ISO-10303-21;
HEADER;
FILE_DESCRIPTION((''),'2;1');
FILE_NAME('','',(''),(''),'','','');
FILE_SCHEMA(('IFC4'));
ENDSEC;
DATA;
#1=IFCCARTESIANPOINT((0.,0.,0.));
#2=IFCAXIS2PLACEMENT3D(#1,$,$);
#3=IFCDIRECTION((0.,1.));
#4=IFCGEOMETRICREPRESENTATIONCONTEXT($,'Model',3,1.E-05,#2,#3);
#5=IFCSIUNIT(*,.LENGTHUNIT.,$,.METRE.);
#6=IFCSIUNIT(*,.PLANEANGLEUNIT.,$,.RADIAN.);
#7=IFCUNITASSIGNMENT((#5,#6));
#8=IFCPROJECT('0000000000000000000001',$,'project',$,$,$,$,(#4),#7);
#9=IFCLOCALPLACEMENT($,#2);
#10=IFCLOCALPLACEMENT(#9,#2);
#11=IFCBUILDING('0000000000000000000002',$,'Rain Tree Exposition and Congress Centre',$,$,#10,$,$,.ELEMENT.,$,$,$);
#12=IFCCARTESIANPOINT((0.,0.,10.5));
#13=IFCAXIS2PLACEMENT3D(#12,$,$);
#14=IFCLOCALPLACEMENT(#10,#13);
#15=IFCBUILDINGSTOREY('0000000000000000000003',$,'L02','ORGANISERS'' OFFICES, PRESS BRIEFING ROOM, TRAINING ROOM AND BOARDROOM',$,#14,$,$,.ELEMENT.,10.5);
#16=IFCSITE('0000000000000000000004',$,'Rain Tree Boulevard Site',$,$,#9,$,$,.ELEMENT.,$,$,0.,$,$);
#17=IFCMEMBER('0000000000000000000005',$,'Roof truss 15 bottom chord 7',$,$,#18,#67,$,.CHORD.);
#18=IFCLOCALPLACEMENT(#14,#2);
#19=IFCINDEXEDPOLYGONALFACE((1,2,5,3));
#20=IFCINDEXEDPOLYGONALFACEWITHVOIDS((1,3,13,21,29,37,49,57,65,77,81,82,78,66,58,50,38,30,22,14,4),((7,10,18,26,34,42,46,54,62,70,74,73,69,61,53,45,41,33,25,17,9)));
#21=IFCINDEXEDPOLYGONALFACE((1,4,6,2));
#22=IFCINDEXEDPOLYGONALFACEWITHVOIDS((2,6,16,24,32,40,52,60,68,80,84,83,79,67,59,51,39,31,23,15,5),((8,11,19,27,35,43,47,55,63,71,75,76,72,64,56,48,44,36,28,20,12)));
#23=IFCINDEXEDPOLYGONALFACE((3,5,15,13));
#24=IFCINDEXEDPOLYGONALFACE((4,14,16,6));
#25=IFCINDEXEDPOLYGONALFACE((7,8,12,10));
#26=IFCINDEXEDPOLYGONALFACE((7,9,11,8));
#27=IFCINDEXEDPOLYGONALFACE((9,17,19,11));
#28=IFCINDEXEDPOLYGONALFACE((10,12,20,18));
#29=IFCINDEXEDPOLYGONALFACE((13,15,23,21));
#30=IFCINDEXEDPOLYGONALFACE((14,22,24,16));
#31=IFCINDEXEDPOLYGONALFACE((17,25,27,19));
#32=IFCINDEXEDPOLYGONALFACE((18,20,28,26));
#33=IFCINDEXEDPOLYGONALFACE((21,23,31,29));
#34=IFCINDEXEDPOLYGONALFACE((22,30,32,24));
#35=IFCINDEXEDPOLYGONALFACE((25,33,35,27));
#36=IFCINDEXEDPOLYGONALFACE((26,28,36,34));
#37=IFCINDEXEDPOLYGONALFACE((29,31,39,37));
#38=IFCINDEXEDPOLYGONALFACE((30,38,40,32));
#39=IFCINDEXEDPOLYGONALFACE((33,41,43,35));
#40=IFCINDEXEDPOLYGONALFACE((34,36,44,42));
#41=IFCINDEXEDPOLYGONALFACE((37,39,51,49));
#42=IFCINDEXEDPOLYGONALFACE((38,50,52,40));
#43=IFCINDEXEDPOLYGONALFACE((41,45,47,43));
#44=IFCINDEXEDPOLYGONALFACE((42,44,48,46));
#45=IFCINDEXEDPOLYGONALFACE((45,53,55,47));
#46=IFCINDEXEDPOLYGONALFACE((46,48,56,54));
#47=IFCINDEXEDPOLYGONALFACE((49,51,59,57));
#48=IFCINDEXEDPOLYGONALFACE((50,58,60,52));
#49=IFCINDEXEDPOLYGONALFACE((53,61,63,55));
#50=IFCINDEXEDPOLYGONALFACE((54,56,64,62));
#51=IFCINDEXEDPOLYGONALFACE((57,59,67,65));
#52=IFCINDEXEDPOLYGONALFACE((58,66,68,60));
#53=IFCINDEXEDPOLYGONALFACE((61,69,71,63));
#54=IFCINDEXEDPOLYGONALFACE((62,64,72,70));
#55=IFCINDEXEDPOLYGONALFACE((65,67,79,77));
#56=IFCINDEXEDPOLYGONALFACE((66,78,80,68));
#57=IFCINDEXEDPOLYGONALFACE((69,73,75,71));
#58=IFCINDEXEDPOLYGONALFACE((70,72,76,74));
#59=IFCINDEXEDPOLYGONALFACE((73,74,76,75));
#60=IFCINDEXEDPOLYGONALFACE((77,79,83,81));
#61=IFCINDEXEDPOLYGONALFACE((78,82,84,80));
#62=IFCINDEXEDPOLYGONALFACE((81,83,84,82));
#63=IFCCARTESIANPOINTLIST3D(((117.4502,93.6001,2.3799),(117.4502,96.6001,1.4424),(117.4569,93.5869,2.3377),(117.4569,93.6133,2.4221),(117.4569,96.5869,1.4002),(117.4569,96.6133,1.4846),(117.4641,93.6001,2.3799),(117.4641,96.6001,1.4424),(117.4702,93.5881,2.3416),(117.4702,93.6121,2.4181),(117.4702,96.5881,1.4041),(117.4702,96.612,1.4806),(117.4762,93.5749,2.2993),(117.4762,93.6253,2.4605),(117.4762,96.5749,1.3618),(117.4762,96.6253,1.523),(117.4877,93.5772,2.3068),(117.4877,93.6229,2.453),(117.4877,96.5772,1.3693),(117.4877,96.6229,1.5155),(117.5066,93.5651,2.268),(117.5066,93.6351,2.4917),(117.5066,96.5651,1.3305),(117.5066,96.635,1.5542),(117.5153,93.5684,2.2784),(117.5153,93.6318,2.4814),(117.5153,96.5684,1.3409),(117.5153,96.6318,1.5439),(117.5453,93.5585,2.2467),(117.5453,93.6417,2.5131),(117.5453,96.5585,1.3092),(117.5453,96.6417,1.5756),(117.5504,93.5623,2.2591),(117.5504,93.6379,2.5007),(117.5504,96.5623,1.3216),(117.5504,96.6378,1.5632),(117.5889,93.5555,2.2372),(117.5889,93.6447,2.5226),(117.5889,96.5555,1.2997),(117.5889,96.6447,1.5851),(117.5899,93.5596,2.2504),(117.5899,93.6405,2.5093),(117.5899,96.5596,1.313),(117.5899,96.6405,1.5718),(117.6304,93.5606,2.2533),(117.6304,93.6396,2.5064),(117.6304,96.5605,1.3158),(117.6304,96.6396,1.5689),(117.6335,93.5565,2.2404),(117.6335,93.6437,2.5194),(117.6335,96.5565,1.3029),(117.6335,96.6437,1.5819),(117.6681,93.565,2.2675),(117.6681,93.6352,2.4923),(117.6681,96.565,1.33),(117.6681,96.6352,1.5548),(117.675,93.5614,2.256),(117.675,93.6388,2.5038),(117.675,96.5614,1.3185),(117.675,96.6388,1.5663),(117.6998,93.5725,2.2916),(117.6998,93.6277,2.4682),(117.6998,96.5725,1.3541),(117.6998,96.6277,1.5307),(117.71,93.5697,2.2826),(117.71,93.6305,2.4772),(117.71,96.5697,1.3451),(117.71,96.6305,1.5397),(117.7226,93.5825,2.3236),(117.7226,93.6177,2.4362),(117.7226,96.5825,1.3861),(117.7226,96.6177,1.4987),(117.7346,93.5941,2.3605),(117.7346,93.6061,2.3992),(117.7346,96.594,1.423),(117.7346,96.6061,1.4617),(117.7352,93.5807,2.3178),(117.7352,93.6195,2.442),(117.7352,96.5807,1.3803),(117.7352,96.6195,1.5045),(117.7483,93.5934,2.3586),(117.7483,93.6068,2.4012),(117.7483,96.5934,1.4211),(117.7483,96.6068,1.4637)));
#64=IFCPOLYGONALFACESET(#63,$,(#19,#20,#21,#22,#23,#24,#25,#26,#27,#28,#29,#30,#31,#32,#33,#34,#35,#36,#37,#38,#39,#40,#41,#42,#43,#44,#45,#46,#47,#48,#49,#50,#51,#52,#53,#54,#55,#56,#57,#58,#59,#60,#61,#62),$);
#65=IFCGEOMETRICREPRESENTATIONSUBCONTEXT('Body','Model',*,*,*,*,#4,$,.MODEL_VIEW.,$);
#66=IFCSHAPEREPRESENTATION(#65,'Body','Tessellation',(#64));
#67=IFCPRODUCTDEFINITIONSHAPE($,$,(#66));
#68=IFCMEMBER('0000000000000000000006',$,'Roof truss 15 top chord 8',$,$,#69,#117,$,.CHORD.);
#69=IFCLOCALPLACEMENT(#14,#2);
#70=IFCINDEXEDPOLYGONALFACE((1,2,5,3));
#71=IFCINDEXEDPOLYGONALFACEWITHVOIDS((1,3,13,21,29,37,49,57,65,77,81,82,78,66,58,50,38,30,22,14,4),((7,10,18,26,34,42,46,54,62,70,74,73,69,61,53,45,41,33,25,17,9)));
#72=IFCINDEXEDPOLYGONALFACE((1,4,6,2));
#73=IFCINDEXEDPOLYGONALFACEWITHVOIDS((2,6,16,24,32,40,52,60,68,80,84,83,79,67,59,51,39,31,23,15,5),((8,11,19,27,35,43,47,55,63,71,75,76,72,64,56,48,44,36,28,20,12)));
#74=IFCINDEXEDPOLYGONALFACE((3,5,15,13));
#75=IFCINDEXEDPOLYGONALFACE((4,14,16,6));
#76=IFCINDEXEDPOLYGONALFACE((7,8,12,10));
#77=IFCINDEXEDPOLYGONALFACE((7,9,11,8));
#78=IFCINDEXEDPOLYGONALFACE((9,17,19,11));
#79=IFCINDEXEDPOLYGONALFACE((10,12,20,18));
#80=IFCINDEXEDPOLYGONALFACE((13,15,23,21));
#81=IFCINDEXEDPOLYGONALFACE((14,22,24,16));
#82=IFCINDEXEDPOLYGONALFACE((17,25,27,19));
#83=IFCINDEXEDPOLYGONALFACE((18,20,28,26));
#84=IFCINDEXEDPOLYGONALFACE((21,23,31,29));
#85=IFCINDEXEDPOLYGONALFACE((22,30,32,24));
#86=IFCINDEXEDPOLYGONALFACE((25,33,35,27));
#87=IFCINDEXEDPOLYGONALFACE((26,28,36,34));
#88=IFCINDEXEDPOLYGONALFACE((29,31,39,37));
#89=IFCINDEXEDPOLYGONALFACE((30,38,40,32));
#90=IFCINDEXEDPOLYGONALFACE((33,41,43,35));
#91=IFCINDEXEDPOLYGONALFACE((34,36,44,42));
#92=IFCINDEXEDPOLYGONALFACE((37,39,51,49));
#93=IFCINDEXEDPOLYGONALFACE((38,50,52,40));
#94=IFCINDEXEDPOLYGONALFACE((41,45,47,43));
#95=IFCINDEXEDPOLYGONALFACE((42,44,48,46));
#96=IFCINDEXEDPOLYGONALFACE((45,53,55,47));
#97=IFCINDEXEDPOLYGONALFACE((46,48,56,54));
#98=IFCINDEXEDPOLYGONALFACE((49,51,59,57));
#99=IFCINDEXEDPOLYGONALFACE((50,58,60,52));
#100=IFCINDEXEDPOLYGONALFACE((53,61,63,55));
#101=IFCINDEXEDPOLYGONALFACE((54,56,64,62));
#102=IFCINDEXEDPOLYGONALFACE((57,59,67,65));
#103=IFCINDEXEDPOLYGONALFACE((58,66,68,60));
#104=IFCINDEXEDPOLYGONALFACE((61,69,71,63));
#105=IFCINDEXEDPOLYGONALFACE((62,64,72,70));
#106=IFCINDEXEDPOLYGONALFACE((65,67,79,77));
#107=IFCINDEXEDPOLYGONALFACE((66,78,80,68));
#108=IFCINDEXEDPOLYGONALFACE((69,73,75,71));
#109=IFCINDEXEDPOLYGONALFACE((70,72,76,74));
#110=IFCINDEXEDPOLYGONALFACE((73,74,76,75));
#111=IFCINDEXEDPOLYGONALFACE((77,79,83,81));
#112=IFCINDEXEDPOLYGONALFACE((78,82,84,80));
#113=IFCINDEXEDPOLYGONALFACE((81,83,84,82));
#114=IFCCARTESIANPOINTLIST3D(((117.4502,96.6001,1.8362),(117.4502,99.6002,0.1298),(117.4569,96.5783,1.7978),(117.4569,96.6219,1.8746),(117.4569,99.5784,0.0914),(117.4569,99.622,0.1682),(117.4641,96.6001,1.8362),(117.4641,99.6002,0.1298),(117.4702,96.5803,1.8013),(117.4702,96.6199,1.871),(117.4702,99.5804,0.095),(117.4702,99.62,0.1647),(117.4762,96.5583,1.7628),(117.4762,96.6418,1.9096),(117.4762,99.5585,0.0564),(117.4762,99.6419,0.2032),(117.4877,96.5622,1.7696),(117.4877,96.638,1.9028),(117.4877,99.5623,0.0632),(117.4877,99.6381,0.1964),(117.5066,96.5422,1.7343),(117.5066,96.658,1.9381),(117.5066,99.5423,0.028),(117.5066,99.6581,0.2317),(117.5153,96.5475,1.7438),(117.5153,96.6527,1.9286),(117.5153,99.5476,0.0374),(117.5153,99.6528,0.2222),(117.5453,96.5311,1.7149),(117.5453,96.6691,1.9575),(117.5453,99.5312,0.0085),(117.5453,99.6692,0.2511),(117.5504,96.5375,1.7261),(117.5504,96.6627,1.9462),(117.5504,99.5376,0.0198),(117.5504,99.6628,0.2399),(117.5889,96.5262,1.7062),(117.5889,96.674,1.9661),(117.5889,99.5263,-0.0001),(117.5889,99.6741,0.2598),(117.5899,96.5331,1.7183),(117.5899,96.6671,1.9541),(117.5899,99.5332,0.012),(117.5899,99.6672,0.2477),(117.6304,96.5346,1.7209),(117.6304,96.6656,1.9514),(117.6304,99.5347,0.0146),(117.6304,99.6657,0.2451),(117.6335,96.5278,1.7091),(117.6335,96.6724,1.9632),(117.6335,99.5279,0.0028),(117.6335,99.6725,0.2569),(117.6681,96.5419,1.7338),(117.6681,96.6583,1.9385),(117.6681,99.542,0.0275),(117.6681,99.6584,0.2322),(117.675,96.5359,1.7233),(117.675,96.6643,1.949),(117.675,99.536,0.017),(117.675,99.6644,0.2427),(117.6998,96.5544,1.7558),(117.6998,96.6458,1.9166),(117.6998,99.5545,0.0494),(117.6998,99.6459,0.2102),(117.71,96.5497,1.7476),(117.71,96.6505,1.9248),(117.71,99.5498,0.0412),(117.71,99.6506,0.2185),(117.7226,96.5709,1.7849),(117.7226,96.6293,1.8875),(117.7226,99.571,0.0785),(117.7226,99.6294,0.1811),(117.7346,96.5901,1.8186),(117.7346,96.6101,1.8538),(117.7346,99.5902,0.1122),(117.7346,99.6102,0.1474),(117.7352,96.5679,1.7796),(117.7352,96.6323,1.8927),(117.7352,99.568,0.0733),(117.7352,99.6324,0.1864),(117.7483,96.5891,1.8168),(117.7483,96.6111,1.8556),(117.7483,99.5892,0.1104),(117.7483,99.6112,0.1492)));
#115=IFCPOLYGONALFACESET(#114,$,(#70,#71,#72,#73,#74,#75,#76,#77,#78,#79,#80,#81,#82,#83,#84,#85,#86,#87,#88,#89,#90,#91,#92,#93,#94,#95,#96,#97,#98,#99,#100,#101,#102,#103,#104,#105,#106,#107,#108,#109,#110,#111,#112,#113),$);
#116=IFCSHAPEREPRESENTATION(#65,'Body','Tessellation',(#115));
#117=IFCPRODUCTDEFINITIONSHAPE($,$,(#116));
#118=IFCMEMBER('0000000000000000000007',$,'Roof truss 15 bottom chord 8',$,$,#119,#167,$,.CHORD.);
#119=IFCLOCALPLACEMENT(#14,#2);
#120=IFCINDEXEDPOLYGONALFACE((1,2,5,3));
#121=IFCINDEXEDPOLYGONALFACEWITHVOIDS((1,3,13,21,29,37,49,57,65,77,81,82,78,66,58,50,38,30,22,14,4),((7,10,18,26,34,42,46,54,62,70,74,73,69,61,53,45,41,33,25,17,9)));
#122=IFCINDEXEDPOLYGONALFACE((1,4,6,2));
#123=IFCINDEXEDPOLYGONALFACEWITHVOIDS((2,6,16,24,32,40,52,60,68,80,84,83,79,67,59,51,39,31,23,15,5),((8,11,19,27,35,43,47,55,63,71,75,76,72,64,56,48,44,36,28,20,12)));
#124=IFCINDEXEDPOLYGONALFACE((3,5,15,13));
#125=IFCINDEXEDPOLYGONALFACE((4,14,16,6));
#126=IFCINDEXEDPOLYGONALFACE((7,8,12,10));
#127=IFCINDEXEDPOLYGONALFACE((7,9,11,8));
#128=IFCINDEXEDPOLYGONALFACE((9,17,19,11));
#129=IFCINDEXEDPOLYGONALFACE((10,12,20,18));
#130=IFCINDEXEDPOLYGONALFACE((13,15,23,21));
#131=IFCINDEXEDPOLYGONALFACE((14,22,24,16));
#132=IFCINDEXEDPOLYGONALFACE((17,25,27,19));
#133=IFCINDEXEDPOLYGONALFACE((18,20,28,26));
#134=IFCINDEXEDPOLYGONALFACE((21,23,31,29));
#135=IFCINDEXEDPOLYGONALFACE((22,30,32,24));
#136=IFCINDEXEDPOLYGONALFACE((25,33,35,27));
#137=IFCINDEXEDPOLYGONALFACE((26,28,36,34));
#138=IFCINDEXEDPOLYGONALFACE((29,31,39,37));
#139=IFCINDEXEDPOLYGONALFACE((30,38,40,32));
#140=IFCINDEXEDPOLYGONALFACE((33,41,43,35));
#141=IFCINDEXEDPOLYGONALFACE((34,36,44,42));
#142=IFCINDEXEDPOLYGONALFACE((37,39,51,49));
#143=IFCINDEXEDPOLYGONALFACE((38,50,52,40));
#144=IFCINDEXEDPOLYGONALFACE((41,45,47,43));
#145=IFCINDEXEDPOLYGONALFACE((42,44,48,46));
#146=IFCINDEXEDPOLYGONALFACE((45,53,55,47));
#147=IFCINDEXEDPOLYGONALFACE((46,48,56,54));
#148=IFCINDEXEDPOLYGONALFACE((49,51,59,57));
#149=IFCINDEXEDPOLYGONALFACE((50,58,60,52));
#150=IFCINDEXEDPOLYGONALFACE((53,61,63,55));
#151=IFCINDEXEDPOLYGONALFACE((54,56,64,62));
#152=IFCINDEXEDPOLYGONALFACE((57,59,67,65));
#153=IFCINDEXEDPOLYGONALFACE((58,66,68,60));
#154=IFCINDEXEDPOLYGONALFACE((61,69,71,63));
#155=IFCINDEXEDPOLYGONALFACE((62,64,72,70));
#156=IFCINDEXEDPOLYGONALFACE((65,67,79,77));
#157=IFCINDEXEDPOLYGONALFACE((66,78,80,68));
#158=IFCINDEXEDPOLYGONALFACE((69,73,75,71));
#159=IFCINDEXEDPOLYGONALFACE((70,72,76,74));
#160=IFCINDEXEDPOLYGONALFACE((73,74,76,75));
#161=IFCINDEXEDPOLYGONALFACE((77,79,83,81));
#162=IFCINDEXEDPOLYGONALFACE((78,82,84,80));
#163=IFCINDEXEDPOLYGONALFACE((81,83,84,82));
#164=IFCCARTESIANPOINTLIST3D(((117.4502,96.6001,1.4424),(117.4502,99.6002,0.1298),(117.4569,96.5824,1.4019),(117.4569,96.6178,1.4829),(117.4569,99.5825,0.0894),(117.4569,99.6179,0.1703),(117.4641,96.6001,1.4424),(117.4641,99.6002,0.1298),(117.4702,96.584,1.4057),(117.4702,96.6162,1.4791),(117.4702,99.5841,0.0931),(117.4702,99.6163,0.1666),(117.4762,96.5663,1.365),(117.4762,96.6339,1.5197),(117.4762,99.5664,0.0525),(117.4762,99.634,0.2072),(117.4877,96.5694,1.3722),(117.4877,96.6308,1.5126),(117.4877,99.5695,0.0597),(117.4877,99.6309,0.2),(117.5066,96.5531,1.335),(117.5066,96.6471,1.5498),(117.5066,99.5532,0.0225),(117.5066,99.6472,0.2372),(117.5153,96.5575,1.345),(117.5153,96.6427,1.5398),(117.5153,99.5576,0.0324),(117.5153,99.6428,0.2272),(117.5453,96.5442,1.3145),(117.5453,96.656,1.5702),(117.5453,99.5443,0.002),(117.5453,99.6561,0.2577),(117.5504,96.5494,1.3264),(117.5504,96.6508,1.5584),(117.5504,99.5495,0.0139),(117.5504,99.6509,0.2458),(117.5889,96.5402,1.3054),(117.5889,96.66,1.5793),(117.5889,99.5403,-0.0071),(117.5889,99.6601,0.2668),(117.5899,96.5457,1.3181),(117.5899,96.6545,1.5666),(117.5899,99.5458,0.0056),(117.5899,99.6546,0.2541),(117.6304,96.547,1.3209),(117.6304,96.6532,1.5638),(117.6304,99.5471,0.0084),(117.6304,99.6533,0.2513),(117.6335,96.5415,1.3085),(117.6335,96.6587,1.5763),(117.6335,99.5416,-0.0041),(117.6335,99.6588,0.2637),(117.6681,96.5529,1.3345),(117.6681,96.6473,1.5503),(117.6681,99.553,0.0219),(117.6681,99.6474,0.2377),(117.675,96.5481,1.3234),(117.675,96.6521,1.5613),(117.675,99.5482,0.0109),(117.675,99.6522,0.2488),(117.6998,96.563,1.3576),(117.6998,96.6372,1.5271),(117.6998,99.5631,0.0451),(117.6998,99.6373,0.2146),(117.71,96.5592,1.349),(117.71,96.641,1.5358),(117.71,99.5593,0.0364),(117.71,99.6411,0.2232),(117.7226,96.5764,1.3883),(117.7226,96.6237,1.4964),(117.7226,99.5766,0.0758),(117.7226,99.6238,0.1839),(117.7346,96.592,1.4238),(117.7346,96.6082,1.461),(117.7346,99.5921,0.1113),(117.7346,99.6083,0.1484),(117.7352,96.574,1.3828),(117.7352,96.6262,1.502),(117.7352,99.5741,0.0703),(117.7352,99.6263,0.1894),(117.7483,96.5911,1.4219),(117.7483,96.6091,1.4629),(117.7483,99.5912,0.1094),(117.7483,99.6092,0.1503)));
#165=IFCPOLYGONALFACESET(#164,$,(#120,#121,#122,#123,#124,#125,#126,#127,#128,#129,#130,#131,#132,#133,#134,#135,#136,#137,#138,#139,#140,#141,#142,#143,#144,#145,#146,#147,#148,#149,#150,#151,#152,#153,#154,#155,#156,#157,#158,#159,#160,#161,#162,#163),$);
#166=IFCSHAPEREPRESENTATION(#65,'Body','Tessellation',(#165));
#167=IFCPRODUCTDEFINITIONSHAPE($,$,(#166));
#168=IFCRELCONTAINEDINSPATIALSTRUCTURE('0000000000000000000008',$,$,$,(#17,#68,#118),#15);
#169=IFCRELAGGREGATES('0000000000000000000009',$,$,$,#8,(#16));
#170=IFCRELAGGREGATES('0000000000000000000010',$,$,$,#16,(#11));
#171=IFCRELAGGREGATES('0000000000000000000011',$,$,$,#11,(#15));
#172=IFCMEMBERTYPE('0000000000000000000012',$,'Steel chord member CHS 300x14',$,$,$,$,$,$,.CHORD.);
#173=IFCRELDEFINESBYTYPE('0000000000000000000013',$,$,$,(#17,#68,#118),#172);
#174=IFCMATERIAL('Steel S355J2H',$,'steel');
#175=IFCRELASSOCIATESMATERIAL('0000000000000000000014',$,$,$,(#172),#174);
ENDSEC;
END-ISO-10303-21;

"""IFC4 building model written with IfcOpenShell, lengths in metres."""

from ifc_helpers import new_model, si_unit, direction, frame, origin, origin_2d, place, context, subcontext, project, spatial, hollow_circle, extrude, material, material_profile, profile_set, type_object, element, save


model = new_model("IFC4")

# Units and contexts
model_context = context("Model", 3, precision=1e-05, world=origin(), true_north=direction((0.0, 1.0)))
body_context = subcontext(model_context, "Body", "Model", "MODEL_VIEW")
ifc_project = project(units=[si_unit("LENGTHUNIT", "METRE"), si_unit("PLANEANGLEUNIT", "RADIAN")], contexts=[model_context])

# Site, building, storey
site_placement = place(None, origin())
site = spatial("IfcSite", under=ifc_project, at=site_placement, Name="Rain Tree Boulevard Site", CompositionType="ELEMENT", RefElevation=0.0)
building_placement = place(site_placement, origin())
building = spatial("IfcBuilding", under=site, at=building_placement, Name="Rain Tree Exposition and Congress Centre", CompositionType="ELEMENT")
storey_placement = place(building_placement, frame((0.0, 0.0, 10.5)))
storey = spatial("IfcBuildingStorey", under=building, at=storey_placement, Name="L02", Description="ORGANISERS' OFFICES, PRESS BRIEFING ROOM, TRAINING ROOM AND BOARDROOM", CompositionType="ELEMENT", Elevation=10.5)

# Members
ifc_material_1 = material(Name="Steel S355J2H", Category="steel")
ifc_material_profile_1 = material_profile(ifc_material_1, hollow_circle(Radius=0.1499, WallThickness=0.0139, at=origin_2d()), Name="CHS 300x14")
ifc_profile_set_1 = profile_set([ifc_material_profile_1], Name="Steel S355J2H")
member_type_1 = type_object("IfcMemberType", Name="Steel chord member CHS 300x14", PredefinedType="CHORD", material=ifc_profile_set_1)
member_1_placement = place(storey_placement, frame((117.6001, 93.6001, 2.3799), z_axis=(0.0, 0.95448, -0.298275), x_axis=(-1.0, 0.0, 0.0)))
element("IfcMember", 1, at=member_1_placement, inside=storey, type_object=member_type_1, Name="Roof truss 15 bottom chord 7", PredefinedType="CHORD", context=body_context, shape_type="SweptSolid", body=[
    extrude(hollow_circle(Radius=0.1499, WallThickness=0.0139, at=origin_2d()), origin(), (0.0, 0.0, 1.0), 3.1431),
])
member_2_placement = place(storey_placement, frame((117.6001, 96.6001, 1.8362), z_axis=(0.0, 0.869238, -0.494393), x_axis=(-1.0, 0.0, 0.0)))
element("IfcMember", 2, at=member_2_placement, inside=storey, type_object=member_type_1, Name="Roof truss 15 top chord 8", PredefinedType="CHORD", context=body_context, shape_type="SweptSolid", body=[
    extrude(hollow_circle(Radius=0.1499, WallThickness=0.0139, at=origin_2d()), origin(), (0.0, 0.0, 1.0), 3.4514),
])
member_3_placement = place(storey_placement, frame((117.6001, 96.6001, 1.4424), z_axis=(0.0, 0.916157, -0.400819), x_axis=(-1.0, 0.0, 0.0)))
element("IfcMember", 3, at=member_3_placement, inside=storey, type_object=member_type_1, Name="Roof truss 15 bottom chord 8", PredefinedType="CHORD", context=body_context, shape_type="SweptSolid", body=[
    extrude(hollow_circle(Radius=0.1499, WallThickness=0.0139, at=origin_2d()), origin(), (0.0, 0.0, 1.0), 3.2747),
])

save(model, "model.ifc")
